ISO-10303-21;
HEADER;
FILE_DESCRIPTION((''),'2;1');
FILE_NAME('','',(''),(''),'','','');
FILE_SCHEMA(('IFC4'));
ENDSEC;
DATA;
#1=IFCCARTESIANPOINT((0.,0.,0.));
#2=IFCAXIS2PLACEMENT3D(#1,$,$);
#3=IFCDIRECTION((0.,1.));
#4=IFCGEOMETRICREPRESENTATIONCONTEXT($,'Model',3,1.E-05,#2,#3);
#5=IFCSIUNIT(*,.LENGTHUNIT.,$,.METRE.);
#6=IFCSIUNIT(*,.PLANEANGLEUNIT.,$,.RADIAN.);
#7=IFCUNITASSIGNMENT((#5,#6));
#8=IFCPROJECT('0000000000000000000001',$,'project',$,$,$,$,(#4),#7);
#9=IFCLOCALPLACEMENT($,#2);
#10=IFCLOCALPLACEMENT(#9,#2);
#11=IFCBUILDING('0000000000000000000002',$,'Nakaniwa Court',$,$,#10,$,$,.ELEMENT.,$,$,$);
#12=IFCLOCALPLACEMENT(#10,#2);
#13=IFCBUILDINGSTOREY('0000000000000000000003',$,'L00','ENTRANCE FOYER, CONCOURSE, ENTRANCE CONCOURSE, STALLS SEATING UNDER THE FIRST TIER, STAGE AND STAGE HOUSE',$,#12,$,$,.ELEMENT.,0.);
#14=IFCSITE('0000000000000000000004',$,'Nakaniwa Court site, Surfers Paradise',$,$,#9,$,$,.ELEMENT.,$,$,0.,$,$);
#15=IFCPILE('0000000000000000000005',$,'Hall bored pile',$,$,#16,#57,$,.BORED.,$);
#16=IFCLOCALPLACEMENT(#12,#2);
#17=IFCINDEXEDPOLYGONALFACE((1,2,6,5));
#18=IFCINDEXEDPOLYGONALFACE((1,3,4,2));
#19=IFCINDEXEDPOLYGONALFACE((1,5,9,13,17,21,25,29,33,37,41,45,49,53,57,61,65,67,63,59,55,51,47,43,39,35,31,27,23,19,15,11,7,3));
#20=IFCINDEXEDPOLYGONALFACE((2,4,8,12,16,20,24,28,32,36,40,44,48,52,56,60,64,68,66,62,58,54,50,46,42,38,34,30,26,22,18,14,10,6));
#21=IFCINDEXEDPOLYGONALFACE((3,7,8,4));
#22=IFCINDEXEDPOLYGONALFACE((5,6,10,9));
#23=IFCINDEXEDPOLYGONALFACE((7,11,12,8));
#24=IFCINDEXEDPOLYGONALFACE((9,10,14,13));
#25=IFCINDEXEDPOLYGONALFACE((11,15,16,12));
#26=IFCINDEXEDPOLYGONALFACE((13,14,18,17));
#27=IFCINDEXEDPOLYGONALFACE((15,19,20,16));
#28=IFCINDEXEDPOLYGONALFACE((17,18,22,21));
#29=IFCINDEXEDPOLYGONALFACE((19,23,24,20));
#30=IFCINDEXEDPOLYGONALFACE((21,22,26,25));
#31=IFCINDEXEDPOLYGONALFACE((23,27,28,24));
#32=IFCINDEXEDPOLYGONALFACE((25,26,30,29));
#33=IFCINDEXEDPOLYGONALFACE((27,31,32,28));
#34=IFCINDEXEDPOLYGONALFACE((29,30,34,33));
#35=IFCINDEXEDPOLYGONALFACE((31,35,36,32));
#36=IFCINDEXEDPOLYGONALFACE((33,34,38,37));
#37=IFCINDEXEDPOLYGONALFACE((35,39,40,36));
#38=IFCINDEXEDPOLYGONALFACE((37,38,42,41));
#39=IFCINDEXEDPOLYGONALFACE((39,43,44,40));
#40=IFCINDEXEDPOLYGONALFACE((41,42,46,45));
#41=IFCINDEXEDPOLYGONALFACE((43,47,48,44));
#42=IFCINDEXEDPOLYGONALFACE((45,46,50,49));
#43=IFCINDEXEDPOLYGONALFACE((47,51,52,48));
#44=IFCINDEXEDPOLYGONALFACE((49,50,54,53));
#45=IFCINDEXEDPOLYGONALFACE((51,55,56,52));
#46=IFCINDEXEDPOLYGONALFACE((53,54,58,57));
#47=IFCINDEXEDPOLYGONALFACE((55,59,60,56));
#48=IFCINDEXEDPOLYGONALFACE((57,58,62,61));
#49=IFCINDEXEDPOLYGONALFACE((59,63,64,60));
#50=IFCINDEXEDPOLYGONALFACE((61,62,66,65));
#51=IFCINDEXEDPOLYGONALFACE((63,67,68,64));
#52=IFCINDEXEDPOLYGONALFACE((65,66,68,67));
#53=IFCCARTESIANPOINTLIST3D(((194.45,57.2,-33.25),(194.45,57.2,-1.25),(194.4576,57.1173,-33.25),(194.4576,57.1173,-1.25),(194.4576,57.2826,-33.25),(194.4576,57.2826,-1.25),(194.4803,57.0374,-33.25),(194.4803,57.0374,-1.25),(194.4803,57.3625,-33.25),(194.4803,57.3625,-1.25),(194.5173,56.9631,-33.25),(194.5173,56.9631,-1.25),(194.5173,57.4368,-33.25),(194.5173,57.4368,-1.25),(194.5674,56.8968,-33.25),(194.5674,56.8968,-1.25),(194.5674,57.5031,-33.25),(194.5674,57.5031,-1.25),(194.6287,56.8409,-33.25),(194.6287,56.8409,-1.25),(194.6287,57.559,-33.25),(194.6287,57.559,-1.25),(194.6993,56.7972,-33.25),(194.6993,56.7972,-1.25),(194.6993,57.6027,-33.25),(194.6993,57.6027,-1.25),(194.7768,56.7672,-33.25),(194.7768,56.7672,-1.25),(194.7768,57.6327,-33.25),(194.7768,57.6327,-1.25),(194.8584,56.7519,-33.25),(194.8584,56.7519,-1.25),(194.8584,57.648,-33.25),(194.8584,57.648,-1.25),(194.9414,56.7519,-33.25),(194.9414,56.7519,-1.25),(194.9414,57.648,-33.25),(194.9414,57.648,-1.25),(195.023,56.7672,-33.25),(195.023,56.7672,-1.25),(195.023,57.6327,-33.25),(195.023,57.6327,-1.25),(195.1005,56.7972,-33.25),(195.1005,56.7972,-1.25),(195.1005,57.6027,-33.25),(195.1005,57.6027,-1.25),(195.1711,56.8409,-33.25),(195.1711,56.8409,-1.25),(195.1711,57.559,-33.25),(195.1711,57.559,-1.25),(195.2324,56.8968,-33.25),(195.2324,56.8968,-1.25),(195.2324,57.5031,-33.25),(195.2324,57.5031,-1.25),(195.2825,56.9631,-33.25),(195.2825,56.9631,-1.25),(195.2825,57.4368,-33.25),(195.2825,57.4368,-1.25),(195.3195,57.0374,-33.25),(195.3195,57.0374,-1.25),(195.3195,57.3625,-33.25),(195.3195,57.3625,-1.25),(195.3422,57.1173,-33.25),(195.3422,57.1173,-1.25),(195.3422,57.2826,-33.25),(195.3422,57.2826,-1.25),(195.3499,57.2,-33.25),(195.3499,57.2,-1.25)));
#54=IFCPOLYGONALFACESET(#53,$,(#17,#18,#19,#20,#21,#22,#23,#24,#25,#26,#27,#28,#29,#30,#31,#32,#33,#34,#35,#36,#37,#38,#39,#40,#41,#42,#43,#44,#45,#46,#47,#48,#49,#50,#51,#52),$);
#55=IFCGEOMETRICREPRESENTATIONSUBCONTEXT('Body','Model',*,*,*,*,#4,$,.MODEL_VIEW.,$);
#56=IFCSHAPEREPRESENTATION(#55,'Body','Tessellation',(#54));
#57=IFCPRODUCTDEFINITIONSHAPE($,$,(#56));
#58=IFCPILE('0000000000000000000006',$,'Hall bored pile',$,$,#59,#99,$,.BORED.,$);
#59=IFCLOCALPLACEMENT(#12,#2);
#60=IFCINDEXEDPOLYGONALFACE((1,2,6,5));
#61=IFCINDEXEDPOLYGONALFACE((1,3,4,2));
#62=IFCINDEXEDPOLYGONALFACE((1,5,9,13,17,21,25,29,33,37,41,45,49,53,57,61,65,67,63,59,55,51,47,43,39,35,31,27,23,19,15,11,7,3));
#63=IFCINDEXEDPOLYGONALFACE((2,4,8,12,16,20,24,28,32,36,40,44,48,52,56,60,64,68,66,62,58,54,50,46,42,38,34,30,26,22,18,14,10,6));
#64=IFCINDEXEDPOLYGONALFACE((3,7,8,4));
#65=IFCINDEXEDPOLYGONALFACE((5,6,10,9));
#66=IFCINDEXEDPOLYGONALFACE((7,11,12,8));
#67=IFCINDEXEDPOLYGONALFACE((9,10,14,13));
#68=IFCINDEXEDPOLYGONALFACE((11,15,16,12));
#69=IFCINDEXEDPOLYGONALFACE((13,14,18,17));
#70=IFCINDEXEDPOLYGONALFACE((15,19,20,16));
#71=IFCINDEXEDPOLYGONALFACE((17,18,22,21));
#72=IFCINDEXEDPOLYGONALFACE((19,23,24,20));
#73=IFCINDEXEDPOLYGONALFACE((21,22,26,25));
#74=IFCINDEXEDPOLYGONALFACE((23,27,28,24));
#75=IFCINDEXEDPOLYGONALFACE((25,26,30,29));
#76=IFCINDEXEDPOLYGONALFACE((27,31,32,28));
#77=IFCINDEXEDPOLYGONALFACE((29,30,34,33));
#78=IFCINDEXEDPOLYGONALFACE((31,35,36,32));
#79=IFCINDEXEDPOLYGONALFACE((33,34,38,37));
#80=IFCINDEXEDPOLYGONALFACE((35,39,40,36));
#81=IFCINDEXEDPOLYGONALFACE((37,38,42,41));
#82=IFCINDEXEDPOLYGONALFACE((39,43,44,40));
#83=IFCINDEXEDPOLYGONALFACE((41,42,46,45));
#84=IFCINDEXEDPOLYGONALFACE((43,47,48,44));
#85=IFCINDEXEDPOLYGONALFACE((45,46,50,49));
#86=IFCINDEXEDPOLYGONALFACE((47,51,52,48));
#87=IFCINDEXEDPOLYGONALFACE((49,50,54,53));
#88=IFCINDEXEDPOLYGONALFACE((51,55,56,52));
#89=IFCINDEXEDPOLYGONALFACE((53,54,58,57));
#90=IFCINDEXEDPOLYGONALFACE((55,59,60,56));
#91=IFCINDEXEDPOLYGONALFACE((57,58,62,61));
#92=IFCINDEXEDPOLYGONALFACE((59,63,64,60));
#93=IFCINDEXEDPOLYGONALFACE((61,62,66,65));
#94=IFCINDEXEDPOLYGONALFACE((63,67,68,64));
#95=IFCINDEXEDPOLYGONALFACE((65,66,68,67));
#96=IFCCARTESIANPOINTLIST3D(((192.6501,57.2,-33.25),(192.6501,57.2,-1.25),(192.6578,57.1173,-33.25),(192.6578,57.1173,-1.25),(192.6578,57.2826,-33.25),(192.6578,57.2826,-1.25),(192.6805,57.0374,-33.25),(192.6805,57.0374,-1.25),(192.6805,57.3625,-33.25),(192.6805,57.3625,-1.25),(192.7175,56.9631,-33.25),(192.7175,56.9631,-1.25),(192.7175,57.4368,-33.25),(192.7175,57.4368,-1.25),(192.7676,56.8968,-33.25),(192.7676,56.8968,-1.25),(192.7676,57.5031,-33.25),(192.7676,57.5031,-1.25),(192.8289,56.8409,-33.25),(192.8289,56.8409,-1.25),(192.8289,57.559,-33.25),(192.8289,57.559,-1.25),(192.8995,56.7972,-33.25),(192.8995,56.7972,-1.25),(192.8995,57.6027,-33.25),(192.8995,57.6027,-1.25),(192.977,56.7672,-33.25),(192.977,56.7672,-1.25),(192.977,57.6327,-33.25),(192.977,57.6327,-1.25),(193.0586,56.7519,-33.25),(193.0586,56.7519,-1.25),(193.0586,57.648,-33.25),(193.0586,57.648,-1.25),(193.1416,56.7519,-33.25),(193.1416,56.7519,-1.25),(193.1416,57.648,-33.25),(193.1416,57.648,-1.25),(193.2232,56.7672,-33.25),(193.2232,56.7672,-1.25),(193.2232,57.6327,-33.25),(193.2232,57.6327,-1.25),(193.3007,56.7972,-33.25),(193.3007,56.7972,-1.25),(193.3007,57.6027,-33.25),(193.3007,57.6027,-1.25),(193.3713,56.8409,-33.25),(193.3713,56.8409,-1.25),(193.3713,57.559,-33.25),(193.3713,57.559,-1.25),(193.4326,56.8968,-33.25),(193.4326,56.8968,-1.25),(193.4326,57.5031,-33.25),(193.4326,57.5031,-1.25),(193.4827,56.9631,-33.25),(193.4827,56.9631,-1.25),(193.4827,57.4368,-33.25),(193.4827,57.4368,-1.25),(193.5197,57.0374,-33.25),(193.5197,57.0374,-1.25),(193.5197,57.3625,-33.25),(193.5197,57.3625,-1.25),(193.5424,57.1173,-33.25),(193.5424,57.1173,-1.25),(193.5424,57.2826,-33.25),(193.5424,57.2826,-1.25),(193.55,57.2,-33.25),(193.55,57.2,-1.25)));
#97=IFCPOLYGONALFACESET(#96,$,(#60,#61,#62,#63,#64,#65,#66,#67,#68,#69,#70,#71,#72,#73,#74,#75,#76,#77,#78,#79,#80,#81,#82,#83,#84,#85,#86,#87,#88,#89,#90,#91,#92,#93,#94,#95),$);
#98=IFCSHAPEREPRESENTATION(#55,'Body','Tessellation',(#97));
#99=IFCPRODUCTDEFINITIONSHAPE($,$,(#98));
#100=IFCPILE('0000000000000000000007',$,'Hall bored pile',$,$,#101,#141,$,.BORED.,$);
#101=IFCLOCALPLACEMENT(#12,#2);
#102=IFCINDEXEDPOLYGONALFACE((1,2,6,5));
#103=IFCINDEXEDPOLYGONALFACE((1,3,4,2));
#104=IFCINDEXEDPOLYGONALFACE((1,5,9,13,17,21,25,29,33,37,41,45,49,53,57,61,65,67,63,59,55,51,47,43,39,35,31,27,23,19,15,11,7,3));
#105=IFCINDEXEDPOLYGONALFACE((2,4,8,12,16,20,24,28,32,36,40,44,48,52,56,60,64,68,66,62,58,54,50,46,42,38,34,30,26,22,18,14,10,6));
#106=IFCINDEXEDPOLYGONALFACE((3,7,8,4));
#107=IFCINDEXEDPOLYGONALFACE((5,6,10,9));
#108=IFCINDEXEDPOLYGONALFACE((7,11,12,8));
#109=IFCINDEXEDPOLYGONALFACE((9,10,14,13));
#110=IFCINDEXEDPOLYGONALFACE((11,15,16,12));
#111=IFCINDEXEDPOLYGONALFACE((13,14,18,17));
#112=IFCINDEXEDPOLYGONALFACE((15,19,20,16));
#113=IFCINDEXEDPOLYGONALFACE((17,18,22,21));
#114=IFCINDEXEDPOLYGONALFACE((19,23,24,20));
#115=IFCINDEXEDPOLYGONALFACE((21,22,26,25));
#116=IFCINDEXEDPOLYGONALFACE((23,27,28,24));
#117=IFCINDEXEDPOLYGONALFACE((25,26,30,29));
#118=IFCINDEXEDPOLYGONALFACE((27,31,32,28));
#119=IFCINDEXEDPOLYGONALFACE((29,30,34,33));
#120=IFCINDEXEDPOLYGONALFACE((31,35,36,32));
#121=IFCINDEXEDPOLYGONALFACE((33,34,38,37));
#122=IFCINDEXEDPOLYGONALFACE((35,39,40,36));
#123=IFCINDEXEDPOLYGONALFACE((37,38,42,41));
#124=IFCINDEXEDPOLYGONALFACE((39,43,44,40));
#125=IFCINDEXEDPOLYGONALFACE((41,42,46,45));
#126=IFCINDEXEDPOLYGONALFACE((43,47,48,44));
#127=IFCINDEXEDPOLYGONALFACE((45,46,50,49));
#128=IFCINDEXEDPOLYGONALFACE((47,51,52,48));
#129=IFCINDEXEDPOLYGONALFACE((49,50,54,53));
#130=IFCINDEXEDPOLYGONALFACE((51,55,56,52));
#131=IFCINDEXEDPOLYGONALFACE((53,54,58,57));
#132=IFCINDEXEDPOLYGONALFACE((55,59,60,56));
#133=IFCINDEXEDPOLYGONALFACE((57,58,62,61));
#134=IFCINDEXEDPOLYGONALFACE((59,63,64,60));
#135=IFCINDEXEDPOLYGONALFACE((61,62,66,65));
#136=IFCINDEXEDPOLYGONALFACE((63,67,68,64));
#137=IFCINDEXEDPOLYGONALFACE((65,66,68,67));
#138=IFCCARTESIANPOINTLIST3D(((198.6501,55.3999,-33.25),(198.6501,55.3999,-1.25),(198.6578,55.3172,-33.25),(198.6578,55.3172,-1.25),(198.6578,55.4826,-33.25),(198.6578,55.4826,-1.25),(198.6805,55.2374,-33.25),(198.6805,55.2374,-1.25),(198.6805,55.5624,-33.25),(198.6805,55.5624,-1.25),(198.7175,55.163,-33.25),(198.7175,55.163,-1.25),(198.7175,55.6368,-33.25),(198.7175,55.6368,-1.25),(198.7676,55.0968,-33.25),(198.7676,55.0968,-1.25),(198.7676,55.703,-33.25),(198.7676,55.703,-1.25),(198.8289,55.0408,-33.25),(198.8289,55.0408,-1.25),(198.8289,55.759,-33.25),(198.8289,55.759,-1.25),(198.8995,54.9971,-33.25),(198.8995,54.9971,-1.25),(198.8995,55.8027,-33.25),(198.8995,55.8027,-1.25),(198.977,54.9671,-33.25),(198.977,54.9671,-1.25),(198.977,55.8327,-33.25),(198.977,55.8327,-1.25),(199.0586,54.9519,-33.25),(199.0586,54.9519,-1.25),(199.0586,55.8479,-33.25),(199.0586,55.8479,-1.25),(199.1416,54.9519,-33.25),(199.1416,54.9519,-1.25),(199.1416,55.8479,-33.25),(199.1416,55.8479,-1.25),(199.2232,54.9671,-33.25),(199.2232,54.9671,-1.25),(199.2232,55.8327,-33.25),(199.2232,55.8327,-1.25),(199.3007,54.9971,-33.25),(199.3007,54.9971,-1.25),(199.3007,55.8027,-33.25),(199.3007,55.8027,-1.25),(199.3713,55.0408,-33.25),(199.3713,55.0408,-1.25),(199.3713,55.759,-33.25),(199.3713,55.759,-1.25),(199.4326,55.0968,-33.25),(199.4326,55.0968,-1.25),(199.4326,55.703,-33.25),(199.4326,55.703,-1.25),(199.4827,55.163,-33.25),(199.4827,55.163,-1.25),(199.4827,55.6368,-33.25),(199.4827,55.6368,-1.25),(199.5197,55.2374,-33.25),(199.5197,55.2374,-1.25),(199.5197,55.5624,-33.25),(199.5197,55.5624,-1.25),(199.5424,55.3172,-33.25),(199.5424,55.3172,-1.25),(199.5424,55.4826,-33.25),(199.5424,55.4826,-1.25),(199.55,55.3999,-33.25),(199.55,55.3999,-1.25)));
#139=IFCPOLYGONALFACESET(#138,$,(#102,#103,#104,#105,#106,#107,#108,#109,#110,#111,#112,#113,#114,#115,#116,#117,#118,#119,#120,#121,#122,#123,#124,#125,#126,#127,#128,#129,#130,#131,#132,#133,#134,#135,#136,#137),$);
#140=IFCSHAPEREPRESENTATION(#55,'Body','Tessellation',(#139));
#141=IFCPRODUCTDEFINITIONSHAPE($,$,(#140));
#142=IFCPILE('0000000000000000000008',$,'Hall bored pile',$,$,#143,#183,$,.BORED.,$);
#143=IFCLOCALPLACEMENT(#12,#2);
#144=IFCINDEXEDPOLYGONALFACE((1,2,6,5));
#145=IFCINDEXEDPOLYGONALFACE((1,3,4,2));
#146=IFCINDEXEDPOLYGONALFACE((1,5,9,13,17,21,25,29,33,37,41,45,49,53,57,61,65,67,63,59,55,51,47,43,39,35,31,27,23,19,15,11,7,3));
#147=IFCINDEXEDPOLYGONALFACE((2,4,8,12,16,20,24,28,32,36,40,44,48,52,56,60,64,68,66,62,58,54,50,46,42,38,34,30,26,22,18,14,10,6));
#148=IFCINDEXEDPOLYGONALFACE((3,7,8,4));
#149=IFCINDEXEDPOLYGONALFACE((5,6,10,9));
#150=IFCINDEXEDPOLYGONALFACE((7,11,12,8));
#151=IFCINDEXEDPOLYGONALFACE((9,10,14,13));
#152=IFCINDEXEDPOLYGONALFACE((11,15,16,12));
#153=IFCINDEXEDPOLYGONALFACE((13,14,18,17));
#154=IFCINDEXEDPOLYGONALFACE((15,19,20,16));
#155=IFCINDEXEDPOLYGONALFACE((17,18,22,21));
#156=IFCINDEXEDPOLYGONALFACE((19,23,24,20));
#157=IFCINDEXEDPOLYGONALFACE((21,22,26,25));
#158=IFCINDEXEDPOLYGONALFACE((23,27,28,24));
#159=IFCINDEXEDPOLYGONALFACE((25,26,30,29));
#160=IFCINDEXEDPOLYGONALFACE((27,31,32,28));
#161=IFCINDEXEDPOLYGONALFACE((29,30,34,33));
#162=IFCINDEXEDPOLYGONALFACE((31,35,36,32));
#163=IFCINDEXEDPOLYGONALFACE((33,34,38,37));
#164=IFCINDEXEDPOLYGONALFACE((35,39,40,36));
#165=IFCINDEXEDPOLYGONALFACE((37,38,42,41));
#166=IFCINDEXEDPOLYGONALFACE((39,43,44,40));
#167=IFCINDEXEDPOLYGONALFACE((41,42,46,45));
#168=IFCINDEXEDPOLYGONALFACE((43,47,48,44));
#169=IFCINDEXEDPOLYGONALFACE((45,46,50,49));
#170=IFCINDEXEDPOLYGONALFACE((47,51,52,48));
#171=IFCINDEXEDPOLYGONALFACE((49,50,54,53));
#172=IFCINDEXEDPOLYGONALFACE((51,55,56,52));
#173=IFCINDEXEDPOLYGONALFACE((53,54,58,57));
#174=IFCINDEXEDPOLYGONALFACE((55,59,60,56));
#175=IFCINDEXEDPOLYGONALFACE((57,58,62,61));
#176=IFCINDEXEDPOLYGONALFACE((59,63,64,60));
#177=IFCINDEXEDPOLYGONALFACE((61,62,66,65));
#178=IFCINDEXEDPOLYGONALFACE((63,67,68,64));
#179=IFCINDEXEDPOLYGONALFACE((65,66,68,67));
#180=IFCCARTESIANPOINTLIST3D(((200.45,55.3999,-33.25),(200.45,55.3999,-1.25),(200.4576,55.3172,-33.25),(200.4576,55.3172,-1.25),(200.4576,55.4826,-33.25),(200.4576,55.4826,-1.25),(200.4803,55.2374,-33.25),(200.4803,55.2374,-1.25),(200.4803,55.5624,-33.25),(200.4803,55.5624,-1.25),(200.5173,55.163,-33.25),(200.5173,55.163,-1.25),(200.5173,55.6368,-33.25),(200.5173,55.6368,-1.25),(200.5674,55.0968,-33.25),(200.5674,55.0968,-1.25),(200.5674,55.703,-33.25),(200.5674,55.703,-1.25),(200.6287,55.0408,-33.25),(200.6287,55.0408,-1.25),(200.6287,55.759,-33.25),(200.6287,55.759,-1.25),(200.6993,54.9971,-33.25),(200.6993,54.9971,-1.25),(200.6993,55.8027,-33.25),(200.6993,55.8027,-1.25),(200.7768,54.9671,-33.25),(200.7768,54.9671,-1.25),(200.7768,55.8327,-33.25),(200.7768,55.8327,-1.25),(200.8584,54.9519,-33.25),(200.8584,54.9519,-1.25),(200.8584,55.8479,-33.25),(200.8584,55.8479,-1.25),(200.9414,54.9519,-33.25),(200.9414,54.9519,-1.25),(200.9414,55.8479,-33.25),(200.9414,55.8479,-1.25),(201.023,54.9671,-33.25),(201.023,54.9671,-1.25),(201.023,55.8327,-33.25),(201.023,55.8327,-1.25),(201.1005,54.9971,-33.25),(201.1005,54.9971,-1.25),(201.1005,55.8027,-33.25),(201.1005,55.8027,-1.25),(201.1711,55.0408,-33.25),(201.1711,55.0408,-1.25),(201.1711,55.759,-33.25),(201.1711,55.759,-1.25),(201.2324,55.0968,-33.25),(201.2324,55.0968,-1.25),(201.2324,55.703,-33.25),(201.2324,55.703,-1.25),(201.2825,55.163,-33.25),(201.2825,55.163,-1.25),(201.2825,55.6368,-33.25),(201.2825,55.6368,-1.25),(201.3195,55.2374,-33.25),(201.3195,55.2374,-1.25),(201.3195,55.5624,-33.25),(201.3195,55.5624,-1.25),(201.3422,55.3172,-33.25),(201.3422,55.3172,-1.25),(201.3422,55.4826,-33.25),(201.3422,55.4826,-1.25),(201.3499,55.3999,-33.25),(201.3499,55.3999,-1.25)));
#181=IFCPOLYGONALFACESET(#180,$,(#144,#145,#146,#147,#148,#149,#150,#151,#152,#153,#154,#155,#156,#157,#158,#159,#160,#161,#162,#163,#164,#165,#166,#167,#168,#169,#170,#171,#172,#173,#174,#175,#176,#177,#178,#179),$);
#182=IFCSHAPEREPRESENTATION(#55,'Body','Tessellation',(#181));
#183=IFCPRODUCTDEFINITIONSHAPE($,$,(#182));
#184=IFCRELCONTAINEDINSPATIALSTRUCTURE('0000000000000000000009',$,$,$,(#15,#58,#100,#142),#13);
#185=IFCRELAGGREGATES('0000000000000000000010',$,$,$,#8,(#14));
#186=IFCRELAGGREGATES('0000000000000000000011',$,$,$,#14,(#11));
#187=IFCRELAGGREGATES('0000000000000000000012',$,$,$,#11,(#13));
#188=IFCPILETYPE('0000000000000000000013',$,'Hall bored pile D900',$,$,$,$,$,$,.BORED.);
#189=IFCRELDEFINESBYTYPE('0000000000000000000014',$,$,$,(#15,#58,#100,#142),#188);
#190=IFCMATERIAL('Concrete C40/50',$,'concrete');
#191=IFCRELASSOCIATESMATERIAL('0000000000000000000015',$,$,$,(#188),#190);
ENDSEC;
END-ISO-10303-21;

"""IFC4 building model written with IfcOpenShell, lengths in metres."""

from ifc_helpers import new_model, si_unit, direction, frame, origin, origin_2d, place, context, subcontext, project, spatial, circle, extrude, material, material_profile, profile_set, type_object, element, save


model = new_model("IFC4")

# Units and contexts
model_context = context("Model", 3, precision=1e-05, world=origin(), true_north=direction((0.0, 1.0)))
body_context = subcontext(model_context, "Body", "Model", "MODEL_VIEW")
ifc_project = project(units=[si_unit("LENGTHUNIT", "METRE"), si_unit("PLANEANGLEUNIT", "RADIAN")], contexts=[model_context])

# Site, building, storey
site_placement = place(None, origin())
site = spatial("IfcSite", under=ifc_project, at=site_placement, Name="Nakaniwa Court site, Surfers Paradise", CompositionType="ELEMENT", RefElevation=0.0)
building_placement = place(site_placement, origin())
building = spatial("IfcBuilding", under=site, at=building_placement, Name="Nakaniwa Court", CompositionType="ELEMENT")
storey_placement = place(building_placement, origin())
storey = spatial("IfcBuildingStorey", under=building, at=storey_placement, Name="L00", Description="ENTRANCE FOYER, CONCOURSE, ENTRANCE CONCOURSE, STALLS SEATING UNDER THE FIRST TIER, STAGE AND STAGE HOUSE", CompositionType="ELEMENT", Elevation=0.0)

# Piles
ifc_material_1 = material(Name="Concrete C40/50", Category="concrete")
ifc_material_profile_1 = material_profile(ifc_material_1, circle(Radius=0.45, at=origin_2d()), Name="Bored pile D900")
ifc_profile_set_1 = profile_set([ifc_material_profile_1], Name="Concrete C40/50")
pile_type = type_object("IfcPileType", Name="Hall bored pile D900", PredefinedType="BORED", material=ifc_profile_set_1)
for number, where, z_axis, x_axis, name in (
    (1, (194.8999, 57.2, -1.25), (0.0, 0.0, -1.0), (1.0, 0.0, 0.0), "Hall bored pile"),
    (2, (193.1001, 57.2, -1.25), (0.0, 0.0, -1.0), (1.0, 0.0, 0.0), "Hall bored pile"),
    (3, (199.1001, 55.3999, -1.25), (0.0, 0.0, -1.0), (1.0, 0.0, 0.0), "Hall bored pile"),
    (4, (200.8999, 55.3999, -1.25), (0.0, 0.0, -1.0), (1.0, 0.0, 0.0), "Hall bored pile"),
):
    element("IfcPile", number, at=place(storey_placement, frame(where, z_axis=z_axis, x_axis=x_axis)), inside=storey, type_object=pile_type, Name=name, PredefinedType="BORED", context=body_context, shape_type="SweptSolid", body=[
        extrude(circle(Radius=0.45, at=origin_2d()), origin(), (0.0, 0.0, 1.0), 32.0),
    ])

save(model, "model.ifc")
